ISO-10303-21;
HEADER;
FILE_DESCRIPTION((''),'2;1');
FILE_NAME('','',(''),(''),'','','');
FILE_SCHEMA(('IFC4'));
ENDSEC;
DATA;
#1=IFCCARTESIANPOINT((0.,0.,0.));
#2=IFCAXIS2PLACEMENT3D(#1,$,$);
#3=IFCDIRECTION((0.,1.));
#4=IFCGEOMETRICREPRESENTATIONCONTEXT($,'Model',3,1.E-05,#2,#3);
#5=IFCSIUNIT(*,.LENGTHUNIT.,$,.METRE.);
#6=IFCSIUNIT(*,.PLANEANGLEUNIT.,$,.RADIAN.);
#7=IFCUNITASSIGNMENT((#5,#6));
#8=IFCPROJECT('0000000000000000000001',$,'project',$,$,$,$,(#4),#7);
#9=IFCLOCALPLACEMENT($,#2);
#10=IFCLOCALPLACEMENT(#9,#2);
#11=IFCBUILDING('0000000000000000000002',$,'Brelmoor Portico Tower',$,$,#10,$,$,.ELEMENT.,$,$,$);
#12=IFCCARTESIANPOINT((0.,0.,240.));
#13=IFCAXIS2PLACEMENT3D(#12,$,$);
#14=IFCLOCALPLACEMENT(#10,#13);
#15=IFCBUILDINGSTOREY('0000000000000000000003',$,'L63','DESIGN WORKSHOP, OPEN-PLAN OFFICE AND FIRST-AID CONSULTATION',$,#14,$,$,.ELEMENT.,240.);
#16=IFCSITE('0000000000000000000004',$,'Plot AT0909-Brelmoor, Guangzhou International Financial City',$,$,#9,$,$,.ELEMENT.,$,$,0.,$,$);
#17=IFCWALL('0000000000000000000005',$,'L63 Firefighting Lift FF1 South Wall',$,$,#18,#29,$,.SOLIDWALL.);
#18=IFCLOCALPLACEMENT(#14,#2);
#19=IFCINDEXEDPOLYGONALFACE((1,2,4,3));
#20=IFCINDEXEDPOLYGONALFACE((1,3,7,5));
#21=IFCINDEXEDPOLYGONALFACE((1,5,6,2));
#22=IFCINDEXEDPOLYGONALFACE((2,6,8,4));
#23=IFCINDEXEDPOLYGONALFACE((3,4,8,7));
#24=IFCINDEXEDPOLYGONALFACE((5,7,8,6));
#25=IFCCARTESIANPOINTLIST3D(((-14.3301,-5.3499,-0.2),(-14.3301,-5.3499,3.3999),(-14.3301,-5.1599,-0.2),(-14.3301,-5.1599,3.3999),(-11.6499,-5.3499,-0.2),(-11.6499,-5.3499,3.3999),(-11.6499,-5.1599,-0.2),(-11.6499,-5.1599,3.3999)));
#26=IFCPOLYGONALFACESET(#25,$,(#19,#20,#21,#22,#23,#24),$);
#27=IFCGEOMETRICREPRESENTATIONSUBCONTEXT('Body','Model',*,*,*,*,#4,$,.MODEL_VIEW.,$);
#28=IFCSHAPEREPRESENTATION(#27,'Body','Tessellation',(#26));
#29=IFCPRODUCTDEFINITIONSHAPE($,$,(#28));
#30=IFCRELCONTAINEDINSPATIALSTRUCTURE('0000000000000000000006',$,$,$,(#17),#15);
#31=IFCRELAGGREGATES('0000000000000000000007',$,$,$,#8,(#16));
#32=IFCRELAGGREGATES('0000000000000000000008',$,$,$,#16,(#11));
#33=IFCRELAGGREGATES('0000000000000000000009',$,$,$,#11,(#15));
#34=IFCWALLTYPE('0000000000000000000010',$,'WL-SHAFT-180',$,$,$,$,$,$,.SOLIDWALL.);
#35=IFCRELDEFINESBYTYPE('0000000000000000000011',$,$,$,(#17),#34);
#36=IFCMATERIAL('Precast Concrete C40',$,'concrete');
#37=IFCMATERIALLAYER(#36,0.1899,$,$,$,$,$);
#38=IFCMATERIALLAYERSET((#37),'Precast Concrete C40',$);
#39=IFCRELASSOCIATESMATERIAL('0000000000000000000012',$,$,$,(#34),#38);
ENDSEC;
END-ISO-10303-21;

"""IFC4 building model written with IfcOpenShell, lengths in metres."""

from ifc_helpers import new_model, si_unit, direction, frame, frame_2d, origin, place, context, subcontext, project, spatial, rectangle, extrude, material, layer, layer_set, type_object, element, save


model = new_model("IFC4")

# Units and contexts
model_context = context("Model", 3, precision=1e-05, world=origin(), true_north=direction((0.0, 1.0)))
body_context = subcontext(model_context, "Body", "Model", "MODEL_VIEW")
ifc_project = project(units=[si_unit("LENGTHUNIT", "METRE"), si_unit("PLANEANGLEUNIT", "RADIAN")], contexts=[model_context])

# Site, building, storey
site_placement = place(None, origin())
site = spatial("IfcSite", under=ifc_project, at=site_placement, Name="Plot AT0909-Brelmoor, Guangzhou International Financial City", CompositionType="ELEMENT", RefElevation=0.0)
building_placement = place(site_placement, origin())
building = spatial("IfcBuilding", under=site, at=building_placement, Name="Brelmoor Portico Tower", CompositionType="ELEMENT")
storey_placement = place(building_placement, frame((0.0, 0.0, 240.0)))
storey = spatial("IfcBuildingStorey", under=building, at=storey_placement, Name="L63", Description="DESIGN WORKSHOP, OPEN-PLAN OFFICE AND FIRST-AID CONSULTATION", CompositionType="ELEMENT", Elevation=240.0)

# Shared definitions
ifc_material_1 = material(Name="Precast Concrete C40", Category="concrete")
ifc_layer_1 = layer(ifc_material_1, 0.1899)
ifc_layer_set_1 = layer_set([ifc_layer_1], Name="Precast Concrete C40")
wall_type_1 = type_object("IfcWallType", Name="WL-SHAFT-180", PredefinedType="SOLIDWALL", material=ifc_layer_set_1)

# Wall
wall_1_placement = place(storey_placement, frame((-14.3301, -5.2549, -0.2), z_axis=(0.0, 0.0, 1.0), x_axis=(1.0, 0.0, 0.0)))
element("IfcWall", 1, at=wall_1_placement, inside=storey, type_object=wall_type_1, Name="L63 Firefighting Lift FF1 South Wall", PredefinedType="SOLIDWALL", context=body_context, shape_type="SweptSolid", body=[
    extrude(rectangle(XDim=2.6802, YDim=0.1899, at=frame_2d((1.3401, 0.0))), origin(), (0.0, 0.0, 1.0), 3.5999),
])

save(model, "model.ifc")
